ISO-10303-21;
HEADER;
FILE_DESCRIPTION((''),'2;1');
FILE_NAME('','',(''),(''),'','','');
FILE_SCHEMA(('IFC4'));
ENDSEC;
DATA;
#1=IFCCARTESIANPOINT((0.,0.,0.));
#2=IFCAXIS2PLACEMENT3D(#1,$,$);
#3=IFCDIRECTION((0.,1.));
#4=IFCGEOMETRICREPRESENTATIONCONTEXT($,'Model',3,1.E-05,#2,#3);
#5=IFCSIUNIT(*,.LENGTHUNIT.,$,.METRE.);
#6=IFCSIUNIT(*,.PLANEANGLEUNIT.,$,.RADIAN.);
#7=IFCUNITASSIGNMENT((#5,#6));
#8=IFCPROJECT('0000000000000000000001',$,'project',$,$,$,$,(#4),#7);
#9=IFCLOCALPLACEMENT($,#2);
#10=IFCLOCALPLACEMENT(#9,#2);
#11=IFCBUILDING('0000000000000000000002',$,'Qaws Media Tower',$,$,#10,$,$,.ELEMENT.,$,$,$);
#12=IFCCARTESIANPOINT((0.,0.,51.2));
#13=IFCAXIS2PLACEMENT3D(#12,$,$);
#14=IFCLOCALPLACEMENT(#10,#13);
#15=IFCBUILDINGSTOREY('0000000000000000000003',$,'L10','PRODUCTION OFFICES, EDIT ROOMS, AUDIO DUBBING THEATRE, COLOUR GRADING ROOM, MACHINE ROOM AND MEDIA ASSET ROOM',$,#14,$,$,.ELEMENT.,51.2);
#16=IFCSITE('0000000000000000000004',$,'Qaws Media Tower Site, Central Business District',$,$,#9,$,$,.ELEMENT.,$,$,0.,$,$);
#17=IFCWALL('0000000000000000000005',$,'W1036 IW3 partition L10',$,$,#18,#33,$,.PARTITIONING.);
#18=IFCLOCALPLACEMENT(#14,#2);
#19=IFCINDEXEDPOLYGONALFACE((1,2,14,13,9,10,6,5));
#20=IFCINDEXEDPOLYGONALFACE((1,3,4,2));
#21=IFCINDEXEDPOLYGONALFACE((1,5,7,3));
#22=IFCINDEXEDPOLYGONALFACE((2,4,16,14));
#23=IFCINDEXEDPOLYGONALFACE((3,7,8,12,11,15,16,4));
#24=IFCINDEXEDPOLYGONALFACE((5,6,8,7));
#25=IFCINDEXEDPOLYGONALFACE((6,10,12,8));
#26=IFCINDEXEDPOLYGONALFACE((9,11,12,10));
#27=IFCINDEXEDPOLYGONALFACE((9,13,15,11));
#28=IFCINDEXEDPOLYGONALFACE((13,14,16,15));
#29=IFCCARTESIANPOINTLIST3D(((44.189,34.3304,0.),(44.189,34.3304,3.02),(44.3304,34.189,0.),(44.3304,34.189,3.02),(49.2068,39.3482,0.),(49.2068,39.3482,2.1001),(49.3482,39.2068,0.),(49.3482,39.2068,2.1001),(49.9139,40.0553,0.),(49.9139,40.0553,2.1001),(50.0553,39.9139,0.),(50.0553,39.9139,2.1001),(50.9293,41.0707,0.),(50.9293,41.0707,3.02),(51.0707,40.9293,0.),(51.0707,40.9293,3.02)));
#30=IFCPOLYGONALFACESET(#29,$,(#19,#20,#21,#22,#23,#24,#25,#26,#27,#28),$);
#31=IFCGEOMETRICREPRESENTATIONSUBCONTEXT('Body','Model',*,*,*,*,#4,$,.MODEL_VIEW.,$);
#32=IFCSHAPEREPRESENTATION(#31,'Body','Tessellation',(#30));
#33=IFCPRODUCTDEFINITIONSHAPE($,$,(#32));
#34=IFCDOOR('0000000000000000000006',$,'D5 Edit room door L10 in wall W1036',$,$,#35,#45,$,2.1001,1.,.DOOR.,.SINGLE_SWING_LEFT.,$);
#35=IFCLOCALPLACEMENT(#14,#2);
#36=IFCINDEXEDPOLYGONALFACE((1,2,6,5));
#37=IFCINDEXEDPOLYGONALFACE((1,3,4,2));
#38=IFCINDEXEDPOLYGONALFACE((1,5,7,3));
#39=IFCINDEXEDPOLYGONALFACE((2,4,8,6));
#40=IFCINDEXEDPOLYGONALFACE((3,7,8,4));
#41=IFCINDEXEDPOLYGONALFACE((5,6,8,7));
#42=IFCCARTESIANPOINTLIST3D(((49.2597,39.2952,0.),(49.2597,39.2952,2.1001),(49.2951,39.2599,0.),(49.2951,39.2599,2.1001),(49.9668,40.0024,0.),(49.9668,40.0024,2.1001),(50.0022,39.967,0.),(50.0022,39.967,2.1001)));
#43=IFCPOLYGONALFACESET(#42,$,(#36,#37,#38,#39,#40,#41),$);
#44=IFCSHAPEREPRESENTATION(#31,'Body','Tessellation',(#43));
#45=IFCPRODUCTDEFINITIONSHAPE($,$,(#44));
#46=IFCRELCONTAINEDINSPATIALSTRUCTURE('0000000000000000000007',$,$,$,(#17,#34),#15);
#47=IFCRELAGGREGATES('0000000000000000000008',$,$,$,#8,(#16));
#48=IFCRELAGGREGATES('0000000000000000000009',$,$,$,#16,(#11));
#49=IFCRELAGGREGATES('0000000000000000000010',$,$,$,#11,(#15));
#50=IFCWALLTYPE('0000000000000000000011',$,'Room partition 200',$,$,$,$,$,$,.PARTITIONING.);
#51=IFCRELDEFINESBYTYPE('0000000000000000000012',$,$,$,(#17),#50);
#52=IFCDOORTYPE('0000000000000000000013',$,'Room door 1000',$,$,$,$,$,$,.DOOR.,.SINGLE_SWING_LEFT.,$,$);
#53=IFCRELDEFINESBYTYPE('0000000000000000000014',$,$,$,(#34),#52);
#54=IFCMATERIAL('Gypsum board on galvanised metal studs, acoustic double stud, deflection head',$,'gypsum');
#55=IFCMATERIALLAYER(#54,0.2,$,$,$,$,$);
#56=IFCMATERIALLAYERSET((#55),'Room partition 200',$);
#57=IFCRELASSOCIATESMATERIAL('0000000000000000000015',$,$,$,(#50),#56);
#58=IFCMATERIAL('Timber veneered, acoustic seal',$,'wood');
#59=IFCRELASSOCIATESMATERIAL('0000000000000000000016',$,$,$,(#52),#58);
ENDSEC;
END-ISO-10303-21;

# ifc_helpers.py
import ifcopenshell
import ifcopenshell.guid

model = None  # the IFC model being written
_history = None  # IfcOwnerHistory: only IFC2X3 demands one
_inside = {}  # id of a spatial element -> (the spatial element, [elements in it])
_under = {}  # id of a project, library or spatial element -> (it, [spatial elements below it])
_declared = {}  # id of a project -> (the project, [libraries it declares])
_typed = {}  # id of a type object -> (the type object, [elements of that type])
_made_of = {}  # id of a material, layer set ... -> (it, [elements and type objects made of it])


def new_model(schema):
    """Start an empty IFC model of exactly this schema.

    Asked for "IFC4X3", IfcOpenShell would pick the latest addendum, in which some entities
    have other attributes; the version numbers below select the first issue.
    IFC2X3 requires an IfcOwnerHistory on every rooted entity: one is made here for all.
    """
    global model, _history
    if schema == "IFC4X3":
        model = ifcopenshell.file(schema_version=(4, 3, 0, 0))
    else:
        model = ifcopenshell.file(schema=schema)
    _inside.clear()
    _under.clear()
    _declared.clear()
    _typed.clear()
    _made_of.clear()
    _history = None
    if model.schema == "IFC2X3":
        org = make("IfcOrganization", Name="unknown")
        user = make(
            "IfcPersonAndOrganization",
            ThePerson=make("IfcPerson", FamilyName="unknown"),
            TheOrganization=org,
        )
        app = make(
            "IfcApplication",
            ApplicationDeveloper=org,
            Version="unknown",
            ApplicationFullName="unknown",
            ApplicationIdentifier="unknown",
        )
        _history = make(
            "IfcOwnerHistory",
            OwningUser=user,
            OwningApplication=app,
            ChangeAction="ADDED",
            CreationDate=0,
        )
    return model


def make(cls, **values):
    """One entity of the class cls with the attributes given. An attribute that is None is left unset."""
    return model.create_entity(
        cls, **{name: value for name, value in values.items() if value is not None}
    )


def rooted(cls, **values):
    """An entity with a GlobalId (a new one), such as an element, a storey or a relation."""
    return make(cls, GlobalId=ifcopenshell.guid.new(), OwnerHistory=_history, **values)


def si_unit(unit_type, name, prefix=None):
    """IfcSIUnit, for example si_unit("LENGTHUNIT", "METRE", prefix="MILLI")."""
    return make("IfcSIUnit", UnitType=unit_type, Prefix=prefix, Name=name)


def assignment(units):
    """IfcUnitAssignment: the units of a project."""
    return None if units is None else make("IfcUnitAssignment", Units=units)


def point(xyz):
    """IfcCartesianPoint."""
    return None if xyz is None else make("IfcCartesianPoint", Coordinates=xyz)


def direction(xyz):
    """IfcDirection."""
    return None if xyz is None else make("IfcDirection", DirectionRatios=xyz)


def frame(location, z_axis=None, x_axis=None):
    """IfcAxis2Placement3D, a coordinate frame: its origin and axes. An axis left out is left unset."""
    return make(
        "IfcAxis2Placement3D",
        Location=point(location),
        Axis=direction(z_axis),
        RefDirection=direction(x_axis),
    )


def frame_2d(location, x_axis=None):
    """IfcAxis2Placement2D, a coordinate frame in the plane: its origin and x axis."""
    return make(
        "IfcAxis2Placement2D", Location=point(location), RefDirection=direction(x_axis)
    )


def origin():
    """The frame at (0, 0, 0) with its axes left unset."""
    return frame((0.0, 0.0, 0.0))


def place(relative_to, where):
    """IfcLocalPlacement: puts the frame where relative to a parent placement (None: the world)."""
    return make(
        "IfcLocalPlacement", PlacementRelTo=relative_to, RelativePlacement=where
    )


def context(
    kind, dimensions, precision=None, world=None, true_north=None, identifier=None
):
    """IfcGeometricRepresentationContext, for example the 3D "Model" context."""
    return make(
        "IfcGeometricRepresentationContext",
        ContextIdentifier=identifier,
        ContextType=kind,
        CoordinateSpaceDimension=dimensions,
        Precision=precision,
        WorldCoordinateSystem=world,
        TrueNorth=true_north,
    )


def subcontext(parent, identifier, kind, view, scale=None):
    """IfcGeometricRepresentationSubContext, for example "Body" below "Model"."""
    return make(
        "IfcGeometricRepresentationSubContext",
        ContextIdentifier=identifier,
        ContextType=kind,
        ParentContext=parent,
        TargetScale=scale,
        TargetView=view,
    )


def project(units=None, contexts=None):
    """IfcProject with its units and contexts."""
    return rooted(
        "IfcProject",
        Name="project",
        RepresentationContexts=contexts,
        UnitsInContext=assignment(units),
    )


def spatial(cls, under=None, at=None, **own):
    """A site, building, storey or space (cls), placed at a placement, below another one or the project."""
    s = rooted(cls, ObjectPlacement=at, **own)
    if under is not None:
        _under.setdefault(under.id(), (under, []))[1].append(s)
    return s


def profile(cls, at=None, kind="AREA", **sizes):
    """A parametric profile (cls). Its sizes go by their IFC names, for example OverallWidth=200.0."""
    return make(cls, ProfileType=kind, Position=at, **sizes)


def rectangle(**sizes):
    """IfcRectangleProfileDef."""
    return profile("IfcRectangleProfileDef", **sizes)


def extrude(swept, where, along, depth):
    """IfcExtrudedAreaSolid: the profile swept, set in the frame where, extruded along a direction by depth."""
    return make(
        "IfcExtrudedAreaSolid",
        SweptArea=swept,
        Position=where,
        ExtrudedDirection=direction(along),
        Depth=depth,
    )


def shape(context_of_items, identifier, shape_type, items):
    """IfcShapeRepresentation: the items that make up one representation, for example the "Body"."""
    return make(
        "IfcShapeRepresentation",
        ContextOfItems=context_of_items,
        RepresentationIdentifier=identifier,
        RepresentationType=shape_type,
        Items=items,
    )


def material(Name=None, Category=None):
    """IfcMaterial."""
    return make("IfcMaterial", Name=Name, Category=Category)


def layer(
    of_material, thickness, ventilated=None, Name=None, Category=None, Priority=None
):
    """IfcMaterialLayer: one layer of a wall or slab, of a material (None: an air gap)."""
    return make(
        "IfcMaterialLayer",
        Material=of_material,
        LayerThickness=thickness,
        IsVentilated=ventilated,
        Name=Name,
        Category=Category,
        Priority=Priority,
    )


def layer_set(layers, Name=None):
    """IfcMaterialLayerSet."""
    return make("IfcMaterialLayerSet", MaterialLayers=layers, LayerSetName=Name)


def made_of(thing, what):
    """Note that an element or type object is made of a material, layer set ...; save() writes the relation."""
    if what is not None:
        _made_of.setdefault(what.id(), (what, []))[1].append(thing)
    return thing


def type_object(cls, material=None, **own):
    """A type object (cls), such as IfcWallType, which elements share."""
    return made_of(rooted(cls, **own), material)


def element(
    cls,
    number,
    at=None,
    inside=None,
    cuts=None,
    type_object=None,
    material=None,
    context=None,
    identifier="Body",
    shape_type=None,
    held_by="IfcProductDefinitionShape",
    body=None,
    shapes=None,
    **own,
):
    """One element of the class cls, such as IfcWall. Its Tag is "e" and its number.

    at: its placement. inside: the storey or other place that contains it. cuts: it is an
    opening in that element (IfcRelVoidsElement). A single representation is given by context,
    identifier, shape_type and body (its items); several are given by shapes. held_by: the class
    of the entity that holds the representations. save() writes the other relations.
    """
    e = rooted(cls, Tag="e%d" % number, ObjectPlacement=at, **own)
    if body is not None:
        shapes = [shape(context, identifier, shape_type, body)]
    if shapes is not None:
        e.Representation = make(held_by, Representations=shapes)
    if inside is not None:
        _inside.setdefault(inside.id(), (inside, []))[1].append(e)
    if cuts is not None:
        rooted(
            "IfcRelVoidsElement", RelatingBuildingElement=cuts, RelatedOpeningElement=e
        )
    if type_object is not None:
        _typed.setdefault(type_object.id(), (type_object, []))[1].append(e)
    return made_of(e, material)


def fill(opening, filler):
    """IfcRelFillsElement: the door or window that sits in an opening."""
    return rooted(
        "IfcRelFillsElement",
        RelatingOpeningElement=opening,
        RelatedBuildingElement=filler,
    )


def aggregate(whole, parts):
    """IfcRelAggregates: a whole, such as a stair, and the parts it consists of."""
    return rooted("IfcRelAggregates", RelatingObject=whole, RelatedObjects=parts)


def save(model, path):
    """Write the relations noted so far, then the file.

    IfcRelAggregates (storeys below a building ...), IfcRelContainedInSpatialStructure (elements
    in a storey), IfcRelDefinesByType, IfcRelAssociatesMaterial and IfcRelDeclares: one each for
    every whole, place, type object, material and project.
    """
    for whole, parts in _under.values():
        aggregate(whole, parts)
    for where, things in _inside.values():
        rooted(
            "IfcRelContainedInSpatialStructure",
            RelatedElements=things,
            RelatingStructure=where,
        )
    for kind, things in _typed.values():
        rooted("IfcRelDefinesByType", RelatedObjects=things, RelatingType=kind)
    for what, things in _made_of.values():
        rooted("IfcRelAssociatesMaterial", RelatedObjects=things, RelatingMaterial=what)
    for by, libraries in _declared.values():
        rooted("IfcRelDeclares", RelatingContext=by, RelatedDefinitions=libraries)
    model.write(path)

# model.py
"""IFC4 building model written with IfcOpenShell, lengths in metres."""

from ifc_helpers import new_model, si_unit, direction, frame, frame_2d, origin, place, context, subcontext, project, spatial, rectangle, extrude, material, layer, layer_set, type_object, element, fill, save


model = new_model("IFC4")

# Units and contexts
model_context = context("Model", 3, precision=1e-05, world=origin(), true_north=direction((0.0, 1.0)))
body_context = subcontext(model_context, "Body", "Model", "MODEL_VIEW")
ifc_project = project(units=[si_unit("LENGTHUNIT", "METRE"), si_unit("PLANEANGLEUNIT", "RADIAN")], contexts=[model_context])

# Site, building, storey
site_placement = place(None, origin())
site = spatial("IfcSite", under=ifc_project, at=site_placement, Name="Qaws Media Tower Site, Central Business District", CompositionType="ELEMENT", RefElevation=0.0)
building_placement = place(site_placement, origin())
building = spatial("IfcBuilding", under=site, at=building_placement, Name="Qaws Media Tower", CompositionType="ELEMENT")
storey_placement = place(building_placement, frame((0.0, 0.0, 51.2)))
storey = spatial("IfcBuildingStorey", under=building, at=storey_placement, Name="L10", Description="PRODUCTION OFFICES, EDIT ROOMS, AUDIO DUBBING THEATRE, COLOUR GRADING ROOM, MACHINE ROOM AND MEDIA ASSET ROOM", CompositionType="ELEMENT", Elevation=51.2)

# Shared definitions
ifc_material_1 = material(Name="Gypsum board on galvanised metal studs, acoustic double stud, deflection head", Category="gypsum")
ifc_layer_1 = layer(ifc_material_1, 0.2)
ifc_layer_set_1 = layer_set([ifc_layer_1], Name="Room partition 200")
wall_type_1 = type_object("IfcWallType", Name="Room partition 200", PredefinedType="PARTITIONING", material=ifc_layer_set_1)
ifc_material_2 = material(Name="Timber veneered, acoustic seal", Category="wood")
door_type = type_object("IfcDoorType", Name="Room door 1000", OperationType="SINGLE_SWING_LEFT", PredefinedType="DOOR", material=ifc_material_2)

# Wall, opening, door
wall_1_placement = place(storey_placement, frame((51.0, 41.0, 0.0), z_axis=(0.0, 0.0, 1.0), x_axis=(-0.707107, -0.707107, 0.0)))
wall_1 = element("IfcWall", 1, at=wall_1_placement, inside=storey, type_object=wall_type_1, Name="W1036 IW3 partition L10", PredefinedType="PARTITIONING", context=body_context, shape_type="SweptSolid", body=[
    extrude(rectangle(XDim=9.5322, YDim=0.2, at=frame_2d((4.7661, 0.0))), origin(), (0.0, 0.0, 1.0), 3.02),
])
opening_1_placement = place(wall_1_placement, frame((1.436, 0.0, 0.0)))
opening_1 = element("IfcOpeningElement", 2, at=opening_1_placement, cuts=wall_1, PredefinedType="OPENING", context=body_context, shape_type="SweptSolid", body=[
    extrude(rectangle(XDim=1.0, YDim=2.1001, at=frame_2d((0.5, 1.05))), frame((0.0, 0.1099, 0.0), z_axis=(0.0, -1.0, 0.0), x_axis=(1.0, 0.0, 0.0)), (0.0, 0.0, 1.0), 0.22),
])
door_1_placement = place(opening_1_placement, origin())
door_1 = element("IfcDoor", 3, at=door_1_placement, inside=storey, type_object=door_type, Name="D5 Edit room door L10 in wall W1036", OperationType="SINGLE_SWING_LEFT", OverallHeight=2.1001, OverallWidth=1.0, PredefinedType="DOOR", context=body_context, shape_type="SweptSolid", body=[
    extrude(rectangle(XDim=1.0, YDim=2.1001, at=frame_2d((0.5, 1.05))), frame((0.0, 0.0249, 0.0), z_axis=(0.0, -1.0, 0.0), x_axis=(1.0, 0.0, 0.0)), (0.0, 0.0, 1.0), 0.05),
])
fill(opening_1, door_1)

save(model, "model.ifc")
